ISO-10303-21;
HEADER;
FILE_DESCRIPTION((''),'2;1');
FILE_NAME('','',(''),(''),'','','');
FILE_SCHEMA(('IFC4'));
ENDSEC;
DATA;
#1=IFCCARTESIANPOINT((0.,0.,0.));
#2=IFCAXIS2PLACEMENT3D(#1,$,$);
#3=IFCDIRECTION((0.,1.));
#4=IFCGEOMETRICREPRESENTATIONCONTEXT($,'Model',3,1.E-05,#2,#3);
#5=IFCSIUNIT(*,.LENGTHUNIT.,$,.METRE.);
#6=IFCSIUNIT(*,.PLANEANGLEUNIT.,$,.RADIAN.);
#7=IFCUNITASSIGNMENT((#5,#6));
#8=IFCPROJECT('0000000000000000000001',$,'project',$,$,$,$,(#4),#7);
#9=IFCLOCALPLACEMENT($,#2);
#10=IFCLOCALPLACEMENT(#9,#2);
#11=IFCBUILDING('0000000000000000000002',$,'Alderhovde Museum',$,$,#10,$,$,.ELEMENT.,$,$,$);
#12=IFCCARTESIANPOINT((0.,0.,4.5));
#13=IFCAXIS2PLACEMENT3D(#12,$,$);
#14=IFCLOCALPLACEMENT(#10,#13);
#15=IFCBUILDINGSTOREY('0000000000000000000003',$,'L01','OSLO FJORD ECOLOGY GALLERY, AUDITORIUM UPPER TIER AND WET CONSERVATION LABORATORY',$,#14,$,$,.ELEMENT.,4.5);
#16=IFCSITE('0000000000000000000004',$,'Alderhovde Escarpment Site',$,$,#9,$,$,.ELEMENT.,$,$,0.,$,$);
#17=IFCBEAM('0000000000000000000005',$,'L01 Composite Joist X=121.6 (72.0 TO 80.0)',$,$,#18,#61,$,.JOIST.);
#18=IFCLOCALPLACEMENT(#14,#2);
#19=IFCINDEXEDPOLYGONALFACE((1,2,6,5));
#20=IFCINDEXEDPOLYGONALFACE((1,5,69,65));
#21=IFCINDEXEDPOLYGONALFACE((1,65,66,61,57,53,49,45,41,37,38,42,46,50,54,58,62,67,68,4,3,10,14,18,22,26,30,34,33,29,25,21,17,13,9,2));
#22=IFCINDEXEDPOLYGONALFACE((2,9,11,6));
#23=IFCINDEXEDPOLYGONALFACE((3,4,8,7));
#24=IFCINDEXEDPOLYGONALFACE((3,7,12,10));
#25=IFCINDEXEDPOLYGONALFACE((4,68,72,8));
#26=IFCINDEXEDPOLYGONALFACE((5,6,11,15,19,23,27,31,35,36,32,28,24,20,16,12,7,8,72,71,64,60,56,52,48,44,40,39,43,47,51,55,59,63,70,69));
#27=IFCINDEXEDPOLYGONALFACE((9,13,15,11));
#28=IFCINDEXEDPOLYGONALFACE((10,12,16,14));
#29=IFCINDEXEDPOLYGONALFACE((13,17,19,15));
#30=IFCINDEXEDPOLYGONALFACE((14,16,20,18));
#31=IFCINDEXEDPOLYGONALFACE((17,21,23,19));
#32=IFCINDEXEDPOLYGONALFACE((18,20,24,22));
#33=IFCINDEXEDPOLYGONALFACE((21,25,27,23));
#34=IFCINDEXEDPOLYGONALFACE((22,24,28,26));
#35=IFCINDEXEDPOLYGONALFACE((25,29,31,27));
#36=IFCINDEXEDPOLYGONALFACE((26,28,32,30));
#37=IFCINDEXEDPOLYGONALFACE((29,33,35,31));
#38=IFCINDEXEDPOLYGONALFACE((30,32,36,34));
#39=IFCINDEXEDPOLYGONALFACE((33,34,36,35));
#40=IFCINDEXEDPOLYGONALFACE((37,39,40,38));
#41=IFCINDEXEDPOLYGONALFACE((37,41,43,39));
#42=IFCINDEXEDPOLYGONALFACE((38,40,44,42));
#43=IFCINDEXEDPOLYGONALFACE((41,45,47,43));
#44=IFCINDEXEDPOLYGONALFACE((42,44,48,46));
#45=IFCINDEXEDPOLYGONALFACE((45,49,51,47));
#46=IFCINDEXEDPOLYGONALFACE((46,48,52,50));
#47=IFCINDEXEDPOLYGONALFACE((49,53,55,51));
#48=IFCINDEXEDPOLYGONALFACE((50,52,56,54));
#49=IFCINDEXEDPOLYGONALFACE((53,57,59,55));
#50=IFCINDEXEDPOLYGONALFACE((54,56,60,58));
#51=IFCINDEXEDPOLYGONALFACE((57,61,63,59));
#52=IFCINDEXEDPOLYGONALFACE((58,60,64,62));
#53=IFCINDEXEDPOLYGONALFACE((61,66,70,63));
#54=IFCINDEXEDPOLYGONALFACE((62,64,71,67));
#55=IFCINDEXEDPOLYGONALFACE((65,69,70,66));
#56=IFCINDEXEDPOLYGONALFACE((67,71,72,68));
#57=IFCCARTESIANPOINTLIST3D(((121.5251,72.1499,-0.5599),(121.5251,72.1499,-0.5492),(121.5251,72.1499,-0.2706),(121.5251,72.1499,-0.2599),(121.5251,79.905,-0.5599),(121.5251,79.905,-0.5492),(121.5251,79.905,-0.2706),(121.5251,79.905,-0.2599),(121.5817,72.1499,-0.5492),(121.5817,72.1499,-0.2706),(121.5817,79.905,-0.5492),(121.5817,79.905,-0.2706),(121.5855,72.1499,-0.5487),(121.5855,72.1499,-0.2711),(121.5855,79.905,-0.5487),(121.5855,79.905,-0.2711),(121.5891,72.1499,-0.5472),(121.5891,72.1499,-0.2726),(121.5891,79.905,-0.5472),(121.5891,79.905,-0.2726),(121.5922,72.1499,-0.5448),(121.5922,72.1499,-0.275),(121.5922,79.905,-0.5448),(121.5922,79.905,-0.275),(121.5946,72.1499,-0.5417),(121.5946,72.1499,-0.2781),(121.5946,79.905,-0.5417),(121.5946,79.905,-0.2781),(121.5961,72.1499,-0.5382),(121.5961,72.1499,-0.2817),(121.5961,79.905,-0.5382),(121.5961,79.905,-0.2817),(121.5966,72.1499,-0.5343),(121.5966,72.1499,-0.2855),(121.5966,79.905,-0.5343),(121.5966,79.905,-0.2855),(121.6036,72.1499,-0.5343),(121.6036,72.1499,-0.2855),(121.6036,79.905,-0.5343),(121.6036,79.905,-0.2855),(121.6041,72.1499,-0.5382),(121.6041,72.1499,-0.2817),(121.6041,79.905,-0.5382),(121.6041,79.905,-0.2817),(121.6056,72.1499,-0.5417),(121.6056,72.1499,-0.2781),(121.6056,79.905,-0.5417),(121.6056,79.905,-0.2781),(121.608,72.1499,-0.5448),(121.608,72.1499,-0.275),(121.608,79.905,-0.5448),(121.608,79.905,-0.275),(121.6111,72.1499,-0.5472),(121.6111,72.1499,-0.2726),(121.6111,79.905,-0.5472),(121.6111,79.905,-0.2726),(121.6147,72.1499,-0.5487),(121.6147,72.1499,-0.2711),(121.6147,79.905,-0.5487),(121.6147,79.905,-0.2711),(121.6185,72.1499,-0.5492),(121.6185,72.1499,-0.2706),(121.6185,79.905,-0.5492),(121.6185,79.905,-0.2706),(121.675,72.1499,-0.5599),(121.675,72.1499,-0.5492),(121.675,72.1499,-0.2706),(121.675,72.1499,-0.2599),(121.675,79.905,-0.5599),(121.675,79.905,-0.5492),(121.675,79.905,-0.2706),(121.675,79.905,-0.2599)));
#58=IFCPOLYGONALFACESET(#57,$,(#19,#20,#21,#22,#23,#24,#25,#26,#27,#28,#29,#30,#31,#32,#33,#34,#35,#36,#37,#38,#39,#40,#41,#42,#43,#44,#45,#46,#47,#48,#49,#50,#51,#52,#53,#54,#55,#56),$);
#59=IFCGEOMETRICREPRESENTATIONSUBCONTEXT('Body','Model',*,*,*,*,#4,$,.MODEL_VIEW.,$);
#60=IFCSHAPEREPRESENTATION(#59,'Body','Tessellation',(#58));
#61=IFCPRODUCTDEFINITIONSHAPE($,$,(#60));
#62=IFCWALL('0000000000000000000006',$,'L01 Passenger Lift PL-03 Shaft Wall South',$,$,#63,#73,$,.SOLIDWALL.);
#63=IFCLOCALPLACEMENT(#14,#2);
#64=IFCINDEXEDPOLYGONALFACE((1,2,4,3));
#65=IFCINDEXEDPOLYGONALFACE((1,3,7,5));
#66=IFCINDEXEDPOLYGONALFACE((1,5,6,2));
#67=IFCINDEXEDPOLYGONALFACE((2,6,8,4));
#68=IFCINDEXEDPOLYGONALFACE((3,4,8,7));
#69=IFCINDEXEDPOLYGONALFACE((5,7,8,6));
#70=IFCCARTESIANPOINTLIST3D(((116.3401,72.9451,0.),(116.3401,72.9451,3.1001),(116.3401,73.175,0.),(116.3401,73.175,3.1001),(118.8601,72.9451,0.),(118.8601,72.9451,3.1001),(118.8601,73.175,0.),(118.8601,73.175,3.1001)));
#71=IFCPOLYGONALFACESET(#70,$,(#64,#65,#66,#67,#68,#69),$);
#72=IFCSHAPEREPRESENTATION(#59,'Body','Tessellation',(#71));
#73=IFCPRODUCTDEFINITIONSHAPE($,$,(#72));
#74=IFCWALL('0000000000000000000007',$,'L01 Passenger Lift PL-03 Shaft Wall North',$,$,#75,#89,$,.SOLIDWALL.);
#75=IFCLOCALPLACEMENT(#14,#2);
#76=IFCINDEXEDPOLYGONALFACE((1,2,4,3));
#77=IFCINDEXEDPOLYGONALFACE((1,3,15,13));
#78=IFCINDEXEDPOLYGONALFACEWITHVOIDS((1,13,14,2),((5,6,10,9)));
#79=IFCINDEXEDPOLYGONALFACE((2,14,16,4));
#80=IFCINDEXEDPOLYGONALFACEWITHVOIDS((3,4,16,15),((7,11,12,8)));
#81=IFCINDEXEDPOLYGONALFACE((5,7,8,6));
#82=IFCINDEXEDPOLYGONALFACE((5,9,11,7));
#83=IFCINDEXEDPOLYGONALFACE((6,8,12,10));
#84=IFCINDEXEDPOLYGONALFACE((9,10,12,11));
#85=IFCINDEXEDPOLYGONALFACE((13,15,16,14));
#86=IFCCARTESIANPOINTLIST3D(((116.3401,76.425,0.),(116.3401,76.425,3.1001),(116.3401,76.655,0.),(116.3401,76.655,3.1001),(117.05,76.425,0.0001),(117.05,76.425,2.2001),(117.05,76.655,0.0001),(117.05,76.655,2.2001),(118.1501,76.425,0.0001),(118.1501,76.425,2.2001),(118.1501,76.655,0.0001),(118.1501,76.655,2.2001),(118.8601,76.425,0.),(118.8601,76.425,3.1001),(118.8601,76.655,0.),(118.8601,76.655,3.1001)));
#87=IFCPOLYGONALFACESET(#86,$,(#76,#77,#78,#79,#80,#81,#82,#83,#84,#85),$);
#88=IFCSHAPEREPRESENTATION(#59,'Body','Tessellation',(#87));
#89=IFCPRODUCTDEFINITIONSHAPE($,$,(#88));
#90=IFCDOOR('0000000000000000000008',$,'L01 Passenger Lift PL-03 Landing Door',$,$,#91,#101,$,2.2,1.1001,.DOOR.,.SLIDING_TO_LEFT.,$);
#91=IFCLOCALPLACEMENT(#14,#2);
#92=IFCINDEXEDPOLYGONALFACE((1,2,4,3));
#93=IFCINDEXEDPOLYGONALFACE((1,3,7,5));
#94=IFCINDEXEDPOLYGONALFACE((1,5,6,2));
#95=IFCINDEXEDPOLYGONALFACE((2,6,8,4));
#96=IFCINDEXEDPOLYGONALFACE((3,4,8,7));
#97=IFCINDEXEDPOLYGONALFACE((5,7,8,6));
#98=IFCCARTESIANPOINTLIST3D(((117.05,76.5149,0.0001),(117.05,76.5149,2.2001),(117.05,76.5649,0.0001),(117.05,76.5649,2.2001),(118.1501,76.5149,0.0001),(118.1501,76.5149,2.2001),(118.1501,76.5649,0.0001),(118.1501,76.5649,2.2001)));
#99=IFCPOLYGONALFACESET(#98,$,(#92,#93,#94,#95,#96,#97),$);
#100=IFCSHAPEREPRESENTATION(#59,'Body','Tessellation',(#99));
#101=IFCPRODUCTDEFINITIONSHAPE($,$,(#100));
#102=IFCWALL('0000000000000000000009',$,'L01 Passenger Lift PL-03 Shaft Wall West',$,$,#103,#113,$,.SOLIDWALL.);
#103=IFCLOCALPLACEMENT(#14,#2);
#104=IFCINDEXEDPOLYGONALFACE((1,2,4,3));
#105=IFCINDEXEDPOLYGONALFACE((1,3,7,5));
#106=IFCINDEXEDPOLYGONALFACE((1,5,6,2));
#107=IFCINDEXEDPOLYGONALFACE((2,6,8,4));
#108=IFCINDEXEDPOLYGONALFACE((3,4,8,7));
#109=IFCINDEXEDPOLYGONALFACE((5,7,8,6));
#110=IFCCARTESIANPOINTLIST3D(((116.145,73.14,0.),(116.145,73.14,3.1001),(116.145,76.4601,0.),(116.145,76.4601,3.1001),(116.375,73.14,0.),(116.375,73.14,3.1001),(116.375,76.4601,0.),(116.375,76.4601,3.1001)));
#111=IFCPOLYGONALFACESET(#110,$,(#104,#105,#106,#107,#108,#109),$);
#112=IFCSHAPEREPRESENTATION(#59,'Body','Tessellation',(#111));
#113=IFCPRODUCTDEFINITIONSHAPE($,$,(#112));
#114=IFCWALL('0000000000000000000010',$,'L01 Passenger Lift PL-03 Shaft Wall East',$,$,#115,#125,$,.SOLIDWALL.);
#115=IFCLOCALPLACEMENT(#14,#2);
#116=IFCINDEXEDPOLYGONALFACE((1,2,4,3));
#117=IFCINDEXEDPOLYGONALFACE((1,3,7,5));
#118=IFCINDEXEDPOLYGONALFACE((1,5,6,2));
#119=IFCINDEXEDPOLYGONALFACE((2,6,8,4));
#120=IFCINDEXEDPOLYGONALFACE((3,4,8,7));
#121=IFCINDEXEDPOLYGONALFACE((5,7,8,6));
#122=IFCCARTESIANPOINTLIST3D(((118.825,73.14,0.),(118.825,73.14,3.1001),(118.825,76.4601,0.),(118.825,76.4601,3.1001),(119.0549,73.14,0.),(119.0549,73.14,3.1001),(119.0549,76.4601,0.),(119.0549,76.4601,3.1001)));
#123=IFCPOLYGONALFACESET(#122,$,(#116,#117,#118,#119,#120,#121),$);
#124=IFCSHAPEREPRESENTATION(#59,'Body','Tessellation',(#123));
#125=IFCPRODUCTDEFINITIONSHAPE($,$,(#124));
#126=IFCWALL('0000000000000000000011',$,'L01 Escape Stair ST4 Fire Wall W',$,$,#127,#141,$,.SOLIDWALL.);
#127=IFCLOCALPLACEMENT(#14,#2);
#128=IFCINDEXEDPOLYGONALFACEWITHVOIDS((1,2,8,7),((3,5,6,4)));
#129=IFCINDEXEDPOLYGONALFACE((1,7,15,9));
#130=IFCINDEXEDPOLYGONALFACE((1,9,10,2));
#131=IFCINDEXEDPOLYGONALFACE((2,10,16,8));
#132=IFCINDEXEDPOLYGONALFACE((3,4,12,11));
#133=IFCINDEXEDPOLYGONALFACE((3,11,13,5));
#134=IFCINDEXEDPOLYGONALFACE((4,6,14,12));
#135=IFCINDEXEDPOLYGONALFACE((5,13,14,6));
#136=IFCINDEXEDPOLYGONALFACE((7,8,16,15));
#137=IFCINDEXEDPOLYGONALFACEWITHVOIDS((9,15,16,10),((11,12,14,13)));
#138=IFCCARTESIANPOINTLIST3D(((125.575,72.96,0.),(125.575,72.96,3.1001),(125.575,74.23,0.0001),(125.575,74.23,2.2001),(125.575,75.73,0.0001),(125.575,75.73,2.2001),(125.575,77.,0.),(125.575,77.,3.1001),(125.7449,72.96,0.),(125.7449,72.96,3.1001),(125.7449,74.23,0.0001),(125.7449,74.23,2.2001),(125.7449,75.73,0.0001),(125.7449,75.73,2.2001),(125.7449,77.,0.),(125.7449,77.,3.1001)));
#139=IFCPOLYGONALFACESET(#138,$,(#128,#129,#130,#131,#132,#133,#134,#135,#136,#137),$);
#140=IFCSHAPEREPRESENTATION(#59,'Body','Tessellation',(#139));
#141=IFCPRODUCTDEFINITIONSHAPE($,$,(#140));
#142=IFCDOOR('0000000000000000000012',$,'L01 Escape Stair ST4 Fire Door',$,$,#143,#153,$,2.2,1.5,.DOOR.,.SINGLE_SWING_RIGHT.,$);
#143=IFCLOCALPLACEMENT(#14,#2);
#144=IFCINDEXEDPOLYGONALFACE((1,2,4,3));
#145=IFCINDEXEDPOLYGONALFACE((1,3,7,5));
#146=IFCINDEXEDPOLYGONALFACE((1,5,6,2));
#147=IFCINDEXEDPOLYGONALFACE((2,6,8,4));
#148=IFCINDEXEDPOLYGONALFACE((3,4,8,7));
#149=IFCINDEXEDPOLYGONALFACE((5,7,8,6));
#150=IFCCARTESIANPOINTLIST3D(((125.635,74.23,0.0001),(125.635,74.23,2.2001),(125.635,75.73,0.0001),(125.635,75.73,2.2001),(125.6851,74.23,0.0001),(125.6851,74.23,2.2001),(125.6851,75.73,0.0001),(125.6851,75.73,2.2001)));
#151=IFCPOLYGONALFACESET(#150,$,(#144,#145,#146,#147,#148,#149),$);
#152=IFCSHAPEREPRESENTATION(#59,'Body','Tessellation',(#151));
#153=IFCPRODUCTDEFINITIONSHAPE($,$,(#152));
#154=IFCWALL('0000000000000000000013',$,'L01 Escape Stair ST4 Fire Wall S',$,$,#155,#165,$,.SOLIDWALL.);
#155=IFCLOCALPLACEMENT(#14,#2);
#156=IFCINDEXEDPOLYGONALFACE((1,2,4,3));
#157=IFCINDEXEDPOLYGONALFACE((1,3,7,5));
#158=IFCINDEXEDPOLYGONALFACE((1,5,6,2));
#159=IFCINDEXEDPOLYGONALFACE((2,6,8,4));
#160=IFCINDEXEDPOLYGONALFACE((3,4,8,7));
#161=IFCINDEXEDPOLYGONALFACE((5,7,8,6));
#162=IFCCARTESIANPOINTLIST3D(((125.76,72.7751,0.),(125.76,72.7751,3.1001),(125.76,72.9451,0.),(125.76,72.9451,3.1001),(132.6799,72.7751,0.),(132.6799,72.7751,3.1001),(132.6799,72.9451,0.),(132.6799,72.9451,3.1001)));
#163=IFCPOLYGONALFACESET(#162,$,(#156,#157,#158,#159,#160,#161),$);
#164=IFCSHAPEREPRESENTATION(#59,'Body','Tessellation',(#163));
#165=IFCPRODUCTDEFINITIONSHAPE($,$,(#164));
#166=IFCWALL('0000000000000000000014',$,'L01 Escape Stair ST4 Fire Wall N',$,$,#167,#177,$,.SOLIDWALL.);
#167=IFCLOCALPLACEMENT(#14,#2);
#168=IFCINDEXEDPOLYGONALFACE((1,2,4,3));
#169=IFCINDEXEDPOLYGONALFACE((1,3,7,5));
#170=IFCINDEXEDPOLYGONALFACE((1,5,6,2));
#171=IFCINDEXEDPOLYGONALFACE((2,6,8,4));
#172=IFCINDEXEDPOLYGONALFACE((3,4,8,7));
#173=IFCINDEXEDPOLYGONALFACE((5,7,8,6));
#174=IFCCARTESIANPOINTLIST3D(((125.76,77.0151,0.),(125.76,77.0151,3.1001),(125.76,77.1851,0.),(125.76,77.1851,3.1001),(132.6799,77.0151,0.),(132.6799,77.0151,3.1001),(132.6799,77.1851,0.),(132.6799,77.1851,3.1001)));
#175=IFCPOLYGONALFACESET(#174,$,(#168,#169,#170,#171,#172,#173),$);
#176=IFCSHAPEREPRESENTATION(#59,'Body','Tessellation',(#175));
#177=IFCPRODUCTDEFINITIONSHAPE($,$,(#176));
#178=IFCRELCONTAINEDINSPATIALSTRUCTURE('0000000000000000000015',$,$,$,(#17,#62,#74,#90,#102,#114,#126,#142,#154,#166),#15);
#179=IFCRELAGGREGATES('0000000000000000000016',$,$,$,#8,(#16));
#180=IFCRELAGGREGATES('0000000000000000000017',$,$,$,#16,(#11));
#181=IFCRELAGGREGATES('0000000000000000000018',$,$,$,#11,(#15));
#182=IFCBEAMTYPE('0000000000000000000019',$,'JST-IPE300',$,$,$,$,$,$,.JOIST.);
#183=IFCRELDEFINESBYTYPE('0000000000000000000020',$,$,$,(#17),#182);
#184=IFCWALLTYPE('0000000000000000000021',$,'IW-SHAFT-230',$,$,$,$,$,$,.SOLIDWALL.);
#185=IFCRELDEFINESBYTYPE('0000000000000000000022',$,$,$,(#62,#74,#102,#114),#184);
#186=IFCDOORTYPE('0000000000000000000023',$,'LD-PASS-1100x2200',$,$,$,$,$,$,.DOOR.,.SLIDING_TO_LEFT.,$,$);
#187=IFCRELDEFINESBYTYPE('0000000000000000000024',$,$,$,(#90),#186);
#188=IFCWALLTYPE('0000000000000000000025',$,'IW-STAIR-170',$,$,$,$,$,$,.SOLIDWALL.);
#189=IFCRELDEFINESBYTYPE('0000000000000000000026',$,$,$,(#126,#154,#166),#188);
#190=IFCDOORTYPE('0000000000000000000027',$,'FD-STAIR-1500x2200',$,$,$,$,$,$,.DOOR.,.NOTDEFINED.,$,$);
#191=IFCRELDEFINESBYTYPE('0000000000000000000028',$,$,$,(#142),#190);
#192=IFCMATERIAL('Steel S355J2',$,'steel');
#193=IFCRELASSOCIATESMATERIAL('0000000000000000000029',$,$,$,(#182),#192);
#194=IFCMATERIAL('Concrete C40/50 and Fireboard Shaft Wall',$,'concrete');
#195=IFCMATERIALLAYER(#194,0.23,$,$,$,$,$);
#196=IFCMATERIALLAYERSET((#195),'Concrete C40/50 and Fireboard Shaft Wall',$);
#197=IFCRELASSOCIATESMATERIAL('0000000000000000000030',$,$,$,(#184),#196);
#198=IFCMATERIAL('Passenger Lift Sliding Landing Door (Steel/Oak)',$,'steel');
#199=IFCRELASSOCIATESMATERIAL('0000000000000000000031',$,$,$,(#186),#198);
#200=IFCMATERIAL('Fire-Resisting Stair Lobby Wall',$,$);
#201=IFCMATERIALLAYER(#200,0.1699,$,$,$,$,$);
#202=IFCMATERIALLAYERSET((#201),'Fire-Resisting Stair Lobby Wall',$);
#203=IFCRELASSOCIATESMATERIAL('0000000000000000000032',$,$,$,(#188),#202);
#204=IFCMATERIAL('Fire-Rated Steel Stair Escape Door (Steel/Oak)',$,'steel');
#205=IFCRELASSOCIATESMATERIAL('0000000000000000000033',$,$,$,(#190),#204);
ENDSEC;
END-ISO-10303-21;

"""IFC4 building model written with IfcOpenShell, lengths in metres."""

from ifc_helpers import new_model, si_unit, direction, frame, frame_2d, origin, origin_2d, place, context, subcontext, project, spatial, rectangle, i_section, extrude, material, layer, layer_set, material_profile, profile_set, type_object, element, fill, save


model = new_model("IFC4")

# Units and contexts
model_context = context("Model", 3, precision=1e-05, world=origin(), true_north=direction((0.0, 1.0)))
body_context = subcontext(model_context, "Body", "Model", "MODEL_VIEW")
ifc_project = project(units=[si_unit("LENGTHUNIT", "METRE"), si_unit("PLANEANGLEUNIT", "RADIAN")], contexts=[model_context])

# Site, building, storey
site_placement = place(None, origin())
site = spatial("IfcSite", under=ifc_project, at=site_placement, Name="Alderhovde Escarpment Site", CompositionType="ELEMENT", RefElevation=0.0)
building_placement = place(site_placement, origin())
building = spatial("IfcBuilding", under=site, at=building_placement, Name="Alderhovde Museum", CompositionType="ELEMENT")
storey_placement = place(building_placement, frame((0.0, 0.0, 4.5)))
storey = spatial("IfcBuildingStorey", under=building, at=storey_placement, Name="L01", Description="OSLO FJORD ECOLOGY GALLERY, AUDITORIUM UPPER TIER AND WET CONSERVATION LABORATORY", CompositionType="ELEMENT", Elevation=4.5)

# Beam
ifc_material_1 = material(Name="Steel S355J2", Category="steel")
ifc_material_profile_1 = material_profile(ifc_material_1, i_section(OverallWidth=0.1499, OverallDepth=0.3, WebThickness=0.0071, FlangeThickness=0.0107, FilletRadius=0.0149, at=origin_2d()), Name="IPE 300")
ifc_profile_set_1 = profile_set([ifc_material_profile_1], Name="Steel S355J2")
beam_type_1 = type_object("IfcBeamType", Name="JST-IPE300", PredefinedType="JOIST", material=ifc_profile_set_1)
beam_1_placement = place(storey_placement, frame((121.6001, 72.1499, -0.4099), z_axis=(0.0, 1.0, 0.0), x_axis=(-1.0, 0.0, 0.0)))
element("IfcBeam", 1, at=beam_1_placement, inside=storey, type_object=beam_type_1, Name="L01 Composite Joist X=121.6 (72.0 TO 80.0)", PredefinedType="JOIST", context=body_context, shape_type="SweptSolid", body=[
    extrude(i_section(OverallWidth=0.1499, OverallDepth=0.3, WebThickness=0.0071, FlangeThickness=0.0107, FilletRadius=0.0149, at=origin_2d()), origin(), (0.0, 0.0, 1.0), 7.7551),
])

# Wall
ifc_material_2 = material(Name="Concrete C40/50 and Fireboard Shaft Wall", Category="concrete")
ifc_layer_1 = layer(ifc_material_2, 0.23)
ifc_layer_set_1 = layer_set([ifc_layer_1], Name="Concrete C40/50 and Fireboard Shaft Wall")
wall_type_1 = type_object("IfcWallType", Name="IW-SHAFT-230", PredefinedType="SOLIDWALL", material=ifc_layer_set_1)
wall_1_placement = place(storey_placement, frame((116.3401, 73.0601, 0.0), z_axis=(0.0, 0.0, 1.0), x_axis=(1.0, 0.0, 0.0)))
element("IfcWall", 2, at=wall_1_placement, inside=storey, type_object=wall_type_1, Name="L01 Passenger Lift PL-03 Shaft Wall South", PredefinedType="SOLIDWALL", context=body_context, shape_type="SweptSolid", body=[
    extrude(rectangle(XDim=2.52, YDim=0.23, at=frame_2d((1.26, 0.0))), origin(), (0.0, 0.0, 1.0), 3.1001),
])

# Wall, opening, door
wall_2_placement = place(storey_placement, frame((116.3401, 76.54, 0.0), z_axis=(0.0, 0.0, 1.0), x_axis=(1.0, 0.0, 0.0)))
wall_2 = element("IfcWall", 3, at=wall_2_placement, inside=storey, type_object=wall_type_1, Name="L01 Passenger Lift PL-03 Shaft Wall North", PredefinedType="SOLIDWALL", context=body_context, shape_type="SweptSolid", body=[
    extrude(rectangle(XDim=2.52, YDim=0.23, at=frame_2d((1.26, 0.0))), origin(), (0.0, 0.0, 1.0), 3.1001),
])
opening_1_placement = place(wall_2_placement, frame((0.71, 0.0, 0.0)))
opening_1 = element("IfcOpeningElement", 4, at=opening_1_placement, cuts=wall_2, PredefinedType="OPENING", context=body_context, shape_type="SweptSolid", body=[
    extrude(rectangle(XDim=1.1001, YDim=2.2, at=frame_2d((0.55, 1.1001))), frame((0.0, 0.125, 0.0), z_axis=(0.0, -1.0, 0.0), x_axis=(1.0, 0.0, 0.0)), (0.0, 0.0, 1.0), 0.25),
])
ifc_material_3 = material(Name="Passenger Lift Sliding Landing Door (Steel/Oak)", Category="steel")
door_type_1 = type_object("IfcDoorType", Name="LD-PASS-1100x2200", OperationType="SLIDING_TO_LEFT", PredefinedType="DOOR", material=ifc_material_3)
door_1_placement = place(opening_1_placement, origin())
door_1 = element("IfcDoor", 5, at=door_1_placement, inside=storey, type_object=door_type_1, Name="L01 Passenger Lift PL-03 Landing Door", OperationType="SLIDING_TO_LEFT", OverallHeight=2.2, OverallWidth=1.1001, PredefinedType="DOOR", context=body_context, shape_type="SweptSolid", body=[
    extrude(rectangle(XDim=1.1001, YDim=2.2, at=frame_2d((0.55, 1.1001))), frame((0.0, 0.0249, 0.0), z_axis=(0.0, -1.0, 0.0), x_axis=(1.0, 0.0, 0.0)), (0.0, 0.0, 1.0), 0.05),
])
fill(opening_1, door_1)

# Walls
for number, where, z_axis, x_axis, name in (
    (6, (116.26, 73.1399, 0.0), (0.0, 0.0, 1.0), (0.0, 1.0, 0.0), "L01 Passenger Lift PL-03 Shaft Wall West"),
    (7, (118.9399, 73.1399, 0.0), (0.0, 0.0, 1.0), (0.0, 1.0, 0.0), "L01 Passenger Lift PL-03 Shaft Wall East"),
):
    element("IfcWall", number, at=place(storey_placement, frame(where, z_axis=z_axis, x_axis=x_axis)), inside=storey, type_object=wall_type_1, Name=name, PredefinedType="SOLIDWALL", context=body_context, shape_type="SweptSolid", body=[
        extrude(rectangle(XDim=3.3201, YDim=0.23, at=frame_2d((1.6602, 0.0))), origin(), (0.0, 0.0, 1.0), 3.1001),
    ])

# Wall, opening, door
ifc_material_4 = material(Name="Fire-Resisting Stair Lobby Wall")
ifc_layer_2 = layer(ifc_material_4, 0.1699)
ifc_layer_set_2 = layer_set([ifc_layer_2], Name="Fire-Resisting Stair Lobby Wall")
wall_type_2 = type_object("IfcWallType", Name="IW-STAIR-170", PredefinedType="SOLIDWALL", material=ifc_layer_set_2)
wall_3_placement = place(storey_placement, frame((125.6599, 72.96, 0.0), z_axis=(0.0, 0.0, 1.0), x_axis=(0.0, 1.0, 0.0)))
wall_3 = element("IfcWall", 8, at=wall_3_placement, inside=storey, type_object=wall_type_2, Name="L01 Escape Stair ST4 Fire Wall W", PredefinedType="SOLIDWALL", context=body_context, shape_type="SweptSolid", body=[
    extrude(rectangle(XDim=4.04, YDim=0.1699, at=frame_2d((2.02, 0.0))), origin(), (0.0, 0.0, 1.0), 3.1001),
])
opening_2_placement = place(wall_3_placement, frame((1.27, 0.0, 0.0)))
opening_2 = element("IfcOpeningElement", 9, at=opening_2_placement, cuts=wall_3, PredefinedType="OPENING", context=body_context, shape_type="SweptSolid", body=[
    extrude(rectangle(XDim=1.5, YDim=2.2, at=frame_2d((0.75, 1.1001))), frame((0.0, 0.095, 0.0), z_axis=(0.0, -1.0, 0.0), x_axis=(1.0, 0.0, 0.0)), (0.0, 0.0, 1.0), 0.1899),
])
ifc_material_5 = material(Name="Fire-Rated Steel Stair Escape Door (Steel/Oak)", Category="steel")
door_type_2 = type_object("IfcDoorType", Name="FD-STAIR-1500x2200", OperationType="NOTDEFINED", PredefinedType="DOOR", material=ifc_material_5)
door_2_placement = place(opening_2_placement, origin())
door_2 = element("IfcDoor", 10, at=door_2_placement, inside=storey, type_object=door_type_2, Name="L01 Escape Stair ST4 Fire Door", OperationType="SINGLE_SWING_RIGHT", OverallHeight=2.2, OverallWidth=1.5, PredefinedType="DOOR", context=body_context, shape_type="SweptSolid", body=[
    extrude(rectangle(XDim=1.5, YDim=2.2, at=frame_2d((0.75, 1.1001))), frame((0.0, 0.0249, 0.0), z_axis=(0.0, -1.0, 0.0), x_axis=(1.0, 0.0, 0.0)), (0.0, 0.0, 1.0), 0.05),
])
fill(opening_2, door_2)

# Walls
for number, where, z_axis, x_axis, name in (
    (11, (125.76, 72.8601, 0.0), (0.0, 0.0, 1.0), (1.0, 0.0, 0.0), "L01 Escape Stair ST4 Fire Wall S"),
    (12, (125.76, 77.1001, 0.0), (0.0, 0.0, 1.0), (1.0, 0.0, 0.0), "L01 Escape Stair ST4 Fire Wall N"),
):
    element("IfcWall", number, at=place(storey_placement, frame(where, z_axis=z_axis, x_axis=x_axis)), inside=storey, type_object=wall_type_2, Name=name, PredefinedType="SOLIDWALL", context=body_context, shape_type="SweptSolid", body=[
        extrude(rectangle(XDim=6.9199, YDim=0.1699, at=frame_2d((3.46, 0.0))), origin(), (0.0, 0.0, 1.0), 3.1001),
    ])

save(model, "model.ifc")
